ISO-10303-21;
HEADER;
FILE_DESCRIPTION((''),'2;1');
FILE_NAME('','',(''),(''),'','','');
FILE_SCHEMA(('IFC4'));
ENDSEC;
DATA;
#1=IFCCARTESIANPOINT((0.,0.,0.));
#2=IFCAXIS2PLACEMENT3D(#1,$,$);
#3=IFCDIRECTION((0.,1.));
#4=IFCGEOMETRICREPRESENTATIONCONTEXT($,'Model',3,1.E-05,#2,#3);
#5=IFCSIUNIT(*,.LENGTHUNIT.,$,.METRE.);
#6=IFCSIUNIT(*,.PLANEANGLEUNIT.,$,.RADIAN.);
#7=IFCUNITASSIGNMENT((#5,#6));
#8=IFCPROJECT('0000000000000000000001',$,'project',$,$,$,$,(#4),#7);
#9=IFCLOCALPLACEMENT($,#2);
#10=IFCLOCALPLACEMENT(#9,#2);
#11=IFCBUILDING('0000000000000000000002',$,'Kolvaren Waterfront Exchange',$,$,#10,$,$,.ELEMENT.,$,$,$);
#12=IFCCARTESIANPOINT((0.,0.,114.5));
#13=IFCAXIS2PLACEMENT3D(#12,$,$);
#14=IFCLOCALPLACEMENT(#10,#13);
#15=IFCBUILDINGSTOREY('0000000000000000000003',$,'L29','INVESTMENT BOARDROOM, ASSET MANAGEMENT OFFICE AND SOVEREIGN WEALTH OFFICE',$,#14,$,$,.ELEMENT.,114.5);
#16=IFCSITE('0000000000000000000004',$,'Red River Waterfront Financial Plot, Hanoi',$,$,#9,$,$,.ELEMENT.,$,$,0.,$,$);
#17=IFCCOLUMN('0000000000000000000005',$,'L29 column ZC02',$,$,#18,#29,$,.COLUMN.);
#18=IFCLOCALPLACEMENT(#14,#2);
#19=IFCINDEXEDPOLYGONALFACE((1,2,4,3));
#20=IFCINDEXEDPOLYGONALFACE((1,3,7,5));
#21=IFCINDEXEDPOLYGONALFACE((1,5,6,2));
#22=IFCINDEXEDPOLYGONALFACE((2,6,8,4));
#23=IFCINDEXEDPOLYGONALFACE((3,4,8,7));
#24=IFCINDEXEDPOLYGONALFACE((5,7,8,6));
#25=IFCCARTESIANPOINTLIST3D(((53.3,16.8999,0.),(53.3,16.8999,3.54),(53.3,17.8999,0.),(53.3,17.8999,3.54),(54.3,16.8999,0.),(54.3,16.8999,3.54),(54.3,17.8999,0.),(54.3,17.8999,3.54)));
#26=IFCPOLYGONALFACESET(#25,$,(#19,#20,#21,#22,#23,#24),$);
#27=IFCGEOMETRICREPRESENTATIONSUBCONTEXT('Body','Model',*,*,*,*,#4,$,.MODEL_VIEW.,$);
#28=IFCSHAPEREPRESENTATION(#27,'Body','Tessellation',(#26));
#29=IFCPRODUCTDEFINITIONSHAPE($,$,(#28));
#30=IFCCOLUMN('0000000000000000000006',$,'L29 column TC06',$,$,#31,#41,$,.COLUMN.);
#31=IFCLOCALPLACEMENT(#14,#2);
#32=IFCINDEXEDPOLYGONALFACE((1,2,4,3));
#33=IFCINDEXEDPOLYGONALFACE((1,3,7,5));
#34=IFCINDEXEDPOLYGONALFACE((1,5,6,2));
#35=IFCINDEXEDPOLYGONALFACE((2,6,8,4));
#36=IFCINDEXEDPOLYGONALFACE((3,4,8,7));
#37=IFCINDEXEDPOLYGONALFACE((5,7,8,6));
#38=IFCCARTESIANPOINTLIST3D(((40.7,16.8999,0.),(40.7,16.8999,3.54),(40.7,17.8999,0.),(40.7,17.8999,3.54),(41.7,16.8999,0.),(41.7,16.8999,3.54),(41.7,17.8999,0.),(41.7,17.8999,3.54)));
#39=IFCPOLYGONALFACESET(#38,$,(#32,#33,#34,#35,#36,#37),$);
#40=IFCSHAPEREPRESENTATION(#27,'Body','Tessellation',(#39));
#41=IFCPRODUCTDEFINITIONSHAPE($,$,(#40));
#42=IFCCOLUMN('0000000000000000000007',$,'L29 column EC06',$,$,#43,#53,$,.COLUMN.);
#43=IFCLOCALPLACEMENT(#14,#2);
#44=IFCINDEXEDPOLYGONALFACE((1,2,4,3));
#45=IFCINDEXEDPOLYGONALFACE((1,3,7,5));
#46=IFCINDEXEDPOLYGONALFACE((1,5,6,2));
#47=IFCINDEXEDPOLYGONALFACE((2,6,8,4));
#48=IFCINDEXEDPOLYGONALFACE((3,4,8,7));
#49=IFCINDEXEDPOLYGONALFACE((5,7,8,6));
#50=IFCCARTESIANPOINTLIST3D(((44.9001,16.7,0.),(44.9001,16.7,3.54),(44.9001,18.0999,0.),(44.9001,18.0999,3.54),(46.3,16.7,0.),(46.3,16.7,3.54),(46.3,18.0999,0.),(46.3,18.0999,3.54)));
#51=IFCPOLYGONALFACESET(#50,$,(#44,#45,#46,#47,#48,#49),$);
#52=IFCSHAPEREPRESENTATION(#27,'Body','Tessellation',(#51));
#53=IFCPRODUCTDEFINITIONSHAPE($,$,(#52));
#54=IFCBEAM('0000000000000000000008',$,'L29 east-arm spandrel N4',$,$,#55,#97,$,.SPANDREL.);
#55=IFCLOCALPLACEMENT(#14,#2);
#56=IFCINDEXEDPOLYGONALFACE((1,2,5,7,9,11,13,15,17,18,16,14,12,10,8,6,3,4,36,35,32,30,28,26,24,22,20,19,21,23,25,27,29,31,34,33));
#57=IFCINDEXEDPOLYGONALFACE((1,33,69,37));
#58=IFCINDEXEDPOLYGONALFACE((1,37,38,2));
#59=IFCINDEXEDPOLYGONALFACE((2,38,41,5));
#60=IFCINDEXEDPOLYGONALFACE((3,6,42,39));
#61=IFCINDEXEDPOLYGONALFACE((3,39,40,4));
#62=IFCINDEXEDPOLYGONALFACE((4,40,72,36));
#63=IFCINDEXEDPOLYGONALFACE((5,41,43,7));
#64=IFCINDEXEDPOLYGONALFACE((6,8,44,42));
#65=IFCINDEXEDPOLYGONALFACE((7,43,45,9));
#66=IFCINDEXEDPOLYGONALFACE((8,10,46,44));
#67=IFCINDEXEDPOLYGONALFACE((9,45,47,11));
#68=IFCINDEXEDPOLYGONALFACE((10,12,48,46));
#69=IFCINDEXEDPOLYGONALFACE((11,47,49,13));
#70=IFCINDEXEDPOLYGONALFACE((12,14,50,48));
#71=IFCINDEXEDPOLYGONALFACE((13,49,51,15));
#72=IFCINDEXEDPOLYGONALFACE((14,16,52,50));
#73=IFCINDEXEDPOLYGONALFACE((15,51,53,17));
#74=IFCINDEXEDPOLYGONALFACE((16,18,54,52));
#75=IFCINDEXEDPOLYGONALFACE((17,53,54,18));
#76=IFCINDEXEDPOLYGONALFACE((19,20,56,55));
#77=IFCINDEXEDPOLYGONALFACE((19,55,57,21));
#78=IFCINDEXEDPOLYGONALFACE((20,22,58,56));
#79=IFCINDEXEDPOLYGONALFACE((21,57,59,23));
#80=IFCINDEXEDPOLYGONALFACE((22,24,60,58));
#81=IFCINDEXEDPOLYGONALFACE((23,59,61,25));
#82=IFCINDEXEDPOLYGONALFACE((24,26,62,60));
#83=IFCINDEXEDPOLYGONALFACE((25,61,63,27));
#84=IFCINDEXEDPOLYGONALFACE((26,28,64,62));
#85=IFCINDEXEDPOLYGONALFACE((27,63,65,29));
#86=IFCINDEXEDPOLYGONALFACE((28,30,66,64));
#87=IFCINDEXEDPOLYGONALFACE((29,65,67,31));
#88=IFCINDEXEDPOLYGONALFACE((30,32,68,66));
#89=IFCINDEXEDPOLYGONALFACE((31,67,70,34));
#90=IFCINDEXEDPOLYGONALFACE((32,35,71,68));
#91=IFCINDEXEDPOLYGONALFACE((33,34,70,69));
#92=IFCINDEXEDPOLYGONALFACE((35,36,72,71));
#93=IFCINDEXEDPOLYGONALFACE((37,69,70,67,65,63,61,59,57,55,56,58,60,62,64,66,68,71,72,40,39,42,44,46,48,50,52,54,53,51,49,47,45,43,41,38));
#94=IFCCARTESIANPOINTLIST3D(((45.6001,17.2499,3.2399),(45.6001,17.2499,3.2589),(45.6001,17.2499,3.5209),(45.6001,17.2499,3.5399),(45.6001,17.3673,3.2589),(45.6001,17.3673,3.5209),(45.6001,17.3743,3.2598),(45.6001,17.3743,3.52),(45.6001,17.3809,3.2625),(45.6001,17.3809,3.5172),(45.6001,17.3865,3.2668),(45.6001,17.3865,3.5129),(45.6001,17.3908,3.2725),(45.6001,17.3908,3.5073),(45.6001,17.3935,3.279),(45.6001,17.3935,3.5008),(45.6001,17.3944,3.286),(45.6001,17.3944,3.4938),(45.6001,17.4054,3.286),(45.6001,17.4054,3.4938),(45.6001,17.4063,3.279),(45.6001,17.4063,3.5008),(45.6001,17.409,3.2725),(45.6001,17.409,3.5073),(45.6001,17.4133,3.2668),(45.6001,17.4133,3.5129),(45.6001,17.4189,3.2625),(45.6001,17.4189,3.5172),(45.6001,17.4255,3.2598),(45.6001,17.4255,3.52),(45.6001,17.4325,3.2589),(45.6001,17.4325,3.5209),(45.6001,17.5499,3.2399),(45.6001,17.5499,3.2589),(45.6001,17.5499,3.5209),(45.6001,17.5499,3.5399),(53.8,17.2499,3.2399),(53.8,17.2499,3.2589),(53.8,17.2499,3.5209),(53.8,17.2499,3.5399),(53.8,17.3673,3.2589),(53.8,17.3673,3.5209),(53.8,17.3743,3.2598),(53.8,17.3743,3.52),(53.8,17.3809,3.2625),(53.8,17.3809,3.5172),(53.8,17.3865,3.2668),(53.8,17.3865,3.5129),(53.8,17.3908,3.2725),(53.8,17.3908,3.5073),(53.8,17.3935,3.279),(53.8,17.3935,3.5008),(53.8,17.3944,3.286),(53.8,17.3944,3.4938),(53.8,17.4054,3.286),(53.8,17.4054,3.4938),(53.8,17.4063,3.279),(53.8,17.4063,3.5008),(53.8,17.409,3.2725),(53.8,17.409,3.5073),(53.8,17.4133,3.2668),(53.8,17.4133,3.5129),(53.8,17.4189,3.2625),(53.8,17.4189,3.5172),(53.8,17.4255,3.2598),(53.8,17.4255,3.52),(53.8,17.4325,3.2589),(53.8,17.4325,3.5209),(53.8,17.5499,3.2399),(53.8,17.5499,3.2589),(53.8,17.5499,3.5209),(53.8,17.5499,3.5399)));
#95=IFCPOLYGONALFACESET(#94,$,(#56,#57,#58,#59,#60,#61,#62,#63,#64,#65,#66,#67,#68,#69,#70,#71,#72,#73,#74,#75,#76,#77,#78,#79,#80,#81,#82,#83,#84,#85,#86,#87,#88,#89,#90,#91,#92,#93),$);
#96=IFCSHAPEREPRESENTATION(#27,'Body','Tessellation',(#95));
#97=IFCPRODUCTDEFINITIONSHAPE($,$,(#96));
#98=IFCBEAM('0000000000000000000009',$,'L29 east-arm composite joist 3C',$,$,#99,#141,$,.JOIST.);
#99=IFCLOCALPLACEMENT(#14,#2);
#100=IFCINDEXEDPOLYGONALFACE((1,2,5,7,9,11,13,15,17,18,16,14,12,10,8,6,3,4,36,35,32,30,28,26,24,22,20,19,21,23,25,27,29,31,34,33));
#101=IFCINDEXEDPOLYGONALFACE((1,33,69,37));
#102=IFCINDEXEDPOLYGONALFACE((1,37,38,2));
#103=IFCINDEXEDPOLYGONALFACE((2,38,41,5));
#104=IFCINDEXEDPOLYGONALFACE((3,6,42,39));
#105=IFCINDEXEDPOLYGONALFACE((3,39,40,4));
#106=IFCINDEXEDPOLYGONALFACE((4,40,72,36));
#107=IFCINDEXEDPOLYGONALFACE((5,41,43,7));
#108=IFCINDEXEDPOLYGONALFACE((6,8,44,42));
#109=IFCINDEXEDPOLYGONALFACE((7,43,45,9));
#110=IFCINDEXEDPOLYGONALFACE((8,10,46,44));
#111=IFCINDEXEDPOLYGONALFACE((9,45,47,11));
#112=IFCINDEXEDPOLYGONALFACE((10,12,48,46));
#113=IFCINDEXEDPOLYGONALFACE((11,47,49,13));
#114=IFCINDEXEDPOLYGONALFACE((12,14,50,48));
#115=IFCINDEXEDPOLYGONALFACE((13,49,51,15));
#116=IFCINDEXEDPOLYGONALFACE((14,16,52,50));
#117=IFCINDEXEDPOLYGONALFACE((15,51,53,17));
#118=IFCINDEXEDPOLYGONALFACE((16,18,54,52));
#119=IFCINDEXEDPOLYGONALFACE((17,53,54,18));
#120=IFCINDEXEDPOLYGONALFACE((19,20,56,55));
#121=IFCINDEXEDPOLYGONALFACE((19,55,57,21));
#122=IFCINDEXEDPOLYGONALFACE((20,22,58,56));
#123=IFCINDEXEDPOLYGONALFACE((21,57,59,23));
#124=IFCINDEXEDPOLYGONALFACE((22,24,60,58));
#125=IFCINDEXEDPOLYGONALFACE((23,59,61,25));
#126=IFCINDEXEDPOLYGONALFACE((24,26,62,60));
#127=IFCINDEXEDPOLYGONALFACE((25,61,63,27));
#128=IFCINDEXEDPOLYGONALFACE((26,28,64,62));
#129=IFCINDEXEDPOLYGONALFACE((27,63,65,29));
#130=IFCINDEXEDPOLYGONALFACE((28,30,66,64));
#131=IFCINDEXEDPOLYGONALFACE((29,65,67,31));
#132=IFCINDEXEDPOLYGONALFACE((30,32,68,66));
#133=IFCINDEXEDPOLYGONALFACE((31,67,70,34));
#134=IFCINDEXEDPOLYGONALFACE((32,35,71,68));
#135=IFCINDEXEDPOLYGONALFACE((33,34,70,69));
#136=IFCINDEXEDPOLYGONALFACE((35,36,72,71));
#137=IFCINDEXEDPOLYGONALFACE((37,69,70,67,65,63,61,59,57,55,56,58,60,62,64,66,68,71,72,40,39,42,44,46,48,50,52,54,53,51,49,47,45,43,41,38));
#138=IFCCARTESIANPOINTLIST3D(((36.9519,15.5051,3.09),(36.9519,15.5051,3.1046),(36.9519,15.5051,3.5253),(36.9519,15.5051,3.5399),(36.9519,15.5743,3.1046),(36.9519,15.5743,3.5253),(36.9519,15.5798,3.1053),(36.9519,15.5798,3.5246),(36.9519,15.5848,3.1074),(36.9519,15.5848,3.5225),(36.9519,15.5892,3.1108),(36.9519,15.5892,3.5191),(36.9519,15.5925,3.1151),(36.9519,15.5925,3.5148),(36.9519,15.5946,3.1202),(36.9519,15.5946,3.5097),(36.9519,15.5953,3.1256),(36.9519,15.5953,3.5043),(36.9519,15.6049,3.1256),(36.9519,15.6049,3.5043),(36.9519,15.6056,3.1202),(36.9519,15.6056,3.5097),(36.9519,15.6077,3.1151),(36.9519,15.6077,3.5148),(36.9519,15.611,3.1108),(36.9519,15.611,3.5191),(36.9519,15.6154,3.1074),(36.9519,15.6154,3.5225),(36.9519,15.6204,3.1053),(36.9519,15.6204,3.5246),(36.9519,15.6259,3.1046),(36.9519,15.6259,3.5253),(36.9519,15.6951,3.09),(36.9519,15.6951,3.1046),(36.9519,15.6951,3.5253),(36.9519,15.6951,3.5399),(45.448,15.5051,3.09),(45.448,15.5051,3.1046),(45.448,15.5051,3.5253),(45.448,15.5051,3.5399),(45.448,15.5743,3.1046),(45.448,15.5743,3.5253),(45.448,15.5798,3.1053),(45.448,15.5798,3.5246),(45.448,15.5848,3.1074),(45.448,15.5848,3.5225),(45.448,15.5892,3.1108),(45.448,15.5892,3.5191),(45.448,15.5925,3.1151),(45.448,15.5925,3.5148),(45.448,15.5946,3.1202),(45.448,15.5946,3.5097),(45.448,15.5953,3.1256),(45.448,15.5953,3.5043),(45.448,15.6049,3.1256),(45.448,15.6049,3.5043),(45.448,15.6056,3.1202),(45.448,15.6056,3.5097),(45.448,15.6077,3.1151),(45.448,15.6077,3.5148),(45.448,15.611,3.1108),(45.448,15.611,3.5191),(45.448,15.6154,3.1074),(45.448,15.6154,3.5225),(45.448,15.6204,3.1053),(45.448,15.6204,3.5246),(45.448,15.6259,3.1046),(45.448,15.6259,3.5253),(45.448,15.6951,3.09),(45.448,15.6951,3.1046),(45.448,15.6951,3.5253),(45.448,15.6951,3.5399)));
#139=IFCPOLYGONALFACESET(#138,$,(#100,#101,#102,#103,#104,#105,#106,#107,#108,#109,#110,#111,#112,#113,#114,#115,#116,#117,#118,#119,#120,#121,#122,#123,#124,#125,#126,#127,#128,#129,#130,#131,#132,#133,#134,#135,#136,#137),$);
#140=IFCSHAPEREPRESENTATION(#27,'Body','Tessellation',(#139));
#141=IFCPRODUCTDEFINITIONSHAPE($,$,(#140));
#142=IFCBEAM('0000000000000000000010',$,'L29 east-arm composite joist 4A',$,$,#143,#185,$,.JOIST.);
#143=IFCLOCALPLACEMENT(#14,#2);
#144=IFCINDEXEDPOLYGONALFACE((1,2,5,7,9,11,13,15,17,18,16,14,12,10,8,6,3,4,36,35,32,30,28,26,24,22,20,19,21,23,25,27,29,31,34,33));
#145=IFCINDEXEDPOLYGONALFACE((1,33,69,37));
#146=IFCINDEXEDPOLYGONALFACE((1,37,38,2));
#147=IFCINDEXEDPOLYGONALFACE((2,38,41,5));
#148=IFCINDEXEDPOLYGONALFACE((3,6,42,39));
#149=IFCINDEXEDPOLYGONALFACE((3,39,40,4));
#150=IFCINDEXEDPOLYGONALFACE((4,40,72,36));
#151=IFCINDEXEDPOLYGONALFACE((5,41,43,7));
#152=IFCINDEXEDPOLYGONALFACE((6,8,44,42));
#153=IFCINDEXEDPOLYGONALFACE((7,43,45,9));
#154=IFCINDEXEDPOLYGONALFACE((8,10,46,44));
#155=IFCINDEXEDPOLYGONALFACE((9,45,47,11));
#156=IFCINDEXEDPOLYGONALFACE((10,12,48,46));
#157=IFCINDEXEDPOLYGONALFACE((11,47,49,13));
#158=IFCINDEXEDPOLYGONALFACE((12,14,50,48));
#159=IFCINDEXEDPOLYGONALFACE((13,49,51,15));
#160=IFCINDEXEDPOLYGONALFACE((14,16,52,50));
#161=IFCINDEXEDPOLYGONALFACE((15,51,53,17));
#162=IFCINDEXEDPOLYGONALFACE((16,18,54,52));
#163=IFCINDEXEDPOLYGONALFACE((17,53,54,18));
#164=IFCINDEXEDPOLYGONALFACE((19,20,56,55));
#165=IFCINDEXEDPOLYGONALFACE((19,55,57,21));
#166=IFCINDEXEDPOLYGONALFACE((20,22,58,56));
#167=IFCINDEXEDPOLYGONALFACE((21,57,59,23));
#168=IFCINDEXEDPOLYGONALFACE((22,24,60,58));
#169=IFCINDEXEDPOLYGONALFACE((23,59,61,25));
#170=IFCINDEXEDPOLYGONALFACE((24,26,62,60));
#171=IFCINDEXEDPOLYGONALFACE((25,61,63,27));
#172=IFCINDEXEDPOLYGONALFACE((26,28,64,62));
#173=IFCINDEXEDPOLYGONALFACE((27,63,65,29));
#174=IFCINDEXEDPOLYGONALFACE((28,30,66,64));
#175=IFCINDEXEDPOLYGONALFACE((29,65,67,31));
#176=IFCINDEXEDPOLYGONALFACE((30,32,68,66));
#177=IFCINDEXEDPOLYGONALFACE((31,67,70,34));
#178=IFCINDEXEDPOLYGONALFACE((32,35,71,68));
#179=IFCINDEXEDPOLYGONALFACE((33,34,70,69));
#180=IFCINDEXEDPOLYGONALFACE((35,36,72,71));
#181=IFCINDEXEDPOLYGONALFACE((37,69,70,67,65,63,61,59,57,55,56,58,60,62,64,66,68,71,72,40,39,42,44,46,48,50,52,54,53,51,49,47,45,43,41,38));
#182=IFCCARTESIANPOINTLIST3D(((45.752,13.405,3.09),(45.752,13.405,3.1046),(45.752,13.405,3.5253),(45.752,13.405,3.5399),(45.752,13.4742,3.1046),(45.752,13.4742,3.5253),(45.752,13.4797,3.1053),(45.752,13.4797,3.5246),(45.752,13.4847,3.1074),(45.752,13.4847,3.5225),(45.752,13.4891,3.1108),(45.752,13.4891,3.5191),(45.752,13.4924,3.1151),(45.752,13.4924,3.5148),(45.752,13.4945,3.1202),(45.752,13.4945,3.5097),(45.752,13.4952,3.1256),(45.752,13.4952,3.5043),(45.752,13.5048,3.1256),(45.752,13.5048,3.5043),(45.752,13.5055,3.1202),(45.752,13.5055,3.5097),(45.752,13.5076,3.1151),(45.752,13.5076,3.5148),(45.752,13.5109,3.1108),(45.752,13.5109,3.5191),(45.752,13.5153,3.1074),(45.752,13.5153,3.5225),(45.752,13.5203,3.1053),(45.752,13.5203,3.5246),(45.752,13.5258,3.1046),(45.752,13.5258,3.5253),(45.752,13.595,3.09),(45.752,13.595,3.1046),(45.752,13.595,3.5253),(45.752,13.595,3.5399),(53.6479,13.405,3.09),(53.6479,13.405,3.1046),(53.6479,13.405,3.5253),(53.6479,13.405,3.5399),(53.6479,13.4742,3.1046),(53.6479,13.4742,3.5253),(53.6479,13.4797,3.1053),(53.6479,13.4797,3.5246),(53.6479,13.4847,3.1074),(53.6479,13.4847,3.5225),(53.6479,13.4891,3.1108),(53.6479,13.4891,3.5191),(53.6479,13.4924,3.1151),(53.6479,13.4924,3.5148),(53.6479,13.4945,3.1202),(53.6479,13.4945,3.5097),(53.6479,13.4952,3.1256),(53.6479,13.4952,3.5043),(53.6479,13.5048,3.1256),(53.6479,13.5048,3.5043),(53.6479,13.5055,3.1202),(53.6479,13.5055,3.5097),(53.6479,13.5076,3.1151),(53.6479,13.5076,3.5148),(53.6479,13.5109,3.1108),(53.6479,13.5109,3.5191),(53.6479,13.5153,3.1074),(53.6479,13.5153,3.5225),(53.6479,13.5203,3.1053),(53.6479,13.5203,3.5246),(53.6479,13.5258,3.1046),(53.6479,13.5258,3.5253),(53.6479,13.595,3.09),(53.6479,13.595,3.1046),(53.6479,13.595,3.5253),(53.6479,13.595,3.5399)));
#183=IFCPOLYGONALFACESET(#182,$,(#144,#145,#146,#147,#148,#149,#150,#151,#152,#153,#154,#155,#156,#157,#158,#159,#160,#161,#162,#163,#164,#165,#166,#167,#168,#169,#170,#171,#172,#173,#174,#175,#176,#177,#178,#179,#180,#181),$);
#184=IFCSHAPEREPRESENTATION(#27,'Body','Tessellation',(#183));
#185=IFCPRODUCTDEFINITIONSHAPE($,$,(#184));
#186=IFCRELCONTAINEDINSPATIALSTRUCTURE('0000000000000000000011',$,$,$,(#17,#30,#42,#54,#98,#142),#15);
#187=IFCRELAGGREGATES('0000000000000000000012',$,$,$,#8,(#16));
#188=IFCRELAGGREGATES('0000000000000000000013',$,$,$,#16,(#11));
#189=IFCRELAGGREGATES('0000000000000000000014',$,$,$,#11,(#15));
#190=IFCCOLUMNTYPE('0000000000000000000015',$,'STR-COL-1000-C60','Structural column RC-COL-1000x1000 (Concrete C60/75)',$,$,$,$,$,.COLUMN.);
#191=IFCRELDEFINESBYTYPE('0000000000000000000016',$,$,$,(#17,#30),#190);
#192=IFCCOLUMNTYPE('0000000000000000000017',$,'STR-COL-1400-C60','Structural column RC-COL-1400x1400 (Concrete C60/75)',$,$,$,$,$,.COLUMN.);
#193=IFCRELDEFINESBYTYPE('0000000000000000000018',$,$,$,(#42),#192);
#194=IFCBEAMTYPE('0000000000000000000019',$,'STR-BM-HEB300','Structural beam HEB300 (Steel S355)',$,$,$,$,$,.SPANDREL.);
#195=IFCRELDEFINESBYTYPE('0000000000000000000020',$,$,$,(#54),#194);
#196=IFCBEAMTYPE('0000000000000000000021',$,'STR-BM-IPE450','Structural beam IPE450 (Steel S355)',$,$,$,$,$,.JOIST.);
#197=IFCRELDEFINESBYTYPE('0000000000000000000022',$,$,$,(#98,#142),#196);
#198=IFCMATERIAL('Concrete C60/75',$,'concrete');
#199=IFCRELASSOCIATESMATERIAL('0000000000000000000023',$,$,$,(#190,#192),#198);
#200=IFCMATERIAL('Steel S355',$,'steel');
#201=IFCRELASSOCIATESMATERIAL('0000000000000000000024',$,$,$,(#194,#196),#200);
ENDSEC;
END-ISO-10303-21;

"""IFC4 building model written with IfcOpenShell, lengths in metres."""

from ifc_helpers import new_model, si_unit, direction, frame, origin, origin_2d, place, context, subcontext, project, spatial, rectangle, i_section, extrude, material, material_profile, profile_set, type_object, element, save


model = new_model("IFC4")

# Units and contexts
model_context = context("Model", 3, precision=1e-05, world=origin(), true_north=direction((0.0, 1.0)))
body_context = subcontext(model_context, "Body", "Model", "MODEL_VIEW")
ifc_project = project(units=[si_unit("LENGTHUNIT", "METRE"), si_unit("PLANEANGLEUNIT", "RADIAN")], contexts=[model_context])

# Site, building, storey
site_placement = place(None, origin())
site = spatial("IfcSite", under=ifc_project, at=site_placement, Name="Red River Waterfront Financial Plot, Hanoi", CompositionType="ELEMENT", RefElevation=0.0)
building_placement = place(site_placement, origin())
building = spatial("IfcBuilding", under=site, at=building_placement, Name="Kolvaren Waterfront Exchange", CompositionType="ELEMENT")
storey_placement = place(building_placement, frame((0.0, 0.0, 114.5)))
storey = spatial("IfcBuildingStorey", under=building, at=storey_placement, Name="L29", Description="INVESTMENT BOARDROOM, ASSET MANAGEMENT OFFICE AND SOVEREIGN WEALTH OFFICE", CompositionType="ELEMENT", Elevation=114.5)

# Columns
ifc_material_1 = material(Name="Concrete C60/75", Category="concrete")
ifc_material_profile_1 = material_profile(ifc_material_1, rectangle(XDim=1.0, YDim=1.0, at=origin_2d()), Name="RC-COL-1000x1000")
ifc_profile_set_1 = profile_set([ifc_material_profile_1], Name="Concrete C60/75")
column_type_1 = type_object("IfcColumnType", Name="STR-COL-1000-C60", Description="Structural column RC-COL-1000x1000 (Concrete C60/75)", PredefinedType="COLUMN", material=ifc_profile_set_1)
for number, where, z_axis, x_axis, name in (
    (1, (53.8, 17.3999, 0.0), (0.0, 0.0, 1.0), (1.0, 0.0, 0.0), "L29 column ZC02"),
    (2, (41.2, 17.3999, 0.0), (0.0, 0.0, 1.0), (1.0, 0.0, 0.0), "L29 column TC06"),
):
    element("IfcColumn", number, at=place(storey_placement, frame(where, z_axis=z_axis, x_axis=x_axis)), inside=storey, type_object=column_type_1, Name=name, PredefinedType="COLUMN", context=body_context, shape_type="SweptSolid", body=[
        extrude(rectangle(XDim=1.0, YDim=1.0, at=origin_2d()), origin(), (0.0, 0.0, 1.0), 3.54),
    ])
ifc_material_profile_2 = material_profile(ifc_material_1, rectangle(XDim=1.3999, YDim=1.3999, at=origin_2d()), Name="RC-COL-1400x1400")
ifc_profile_set_2 = profile_set([ifc_material_profile_2], Name="Concrete C60/75")
column_type_2 = type_object("IfcColumnType", Name="STR-COL-1400-C60", Description="Structural column RC-COL-1400x1400 (Concrete C60/75)", PredefinedType="COLUMN", material=ifc_profile_set_2)
column_placement = place(storey_placement, frame((45.6001, 17.3999, 0.0), z_axis=(0.0, 0.0, 1.0), x_axis=(1.0, 0.0, 0.0)))
element("IfcColumn", 3, at=column_placement, inside=storey, type_object=column_type_2, Name="L29 column EC06", PredefinedType="COLUMN", context=body_context, shape_type="SweptSolid", body=[
    extrude(rectangle(XDim=1.3999, YDim=1.3999, at=origin_2d()), origin(), (0.0, 0.0, 1.0), 3.54),
])

# Beams
ifc_material_2 = material(Name="Steel S355", Category="steel")
ifc_material_profile_3 = material_profile(ifc_material_2, i_section(OverallWidth=0.3, OverallDepth=0.3, WebThickness=0.011, FlangeThickness=0.019, FilletRadius=0.0271, at=origin_2d()), Name="HEB300")
ifc_profile_set_3 = profile_set([ifc_material_profile_3], Name="Steel S355")
beam_type_1 = type_object("IfcBeamType", Name="STR-BM-HEB300", Description="Structural beam HEB300 (Steel S355)", PredefinedType="SPANDREL", material=ifc_profile_set_3)
beam_1_placement = place(storey_placement, frame((45.6001, 17.3999, 3.3899), z_axis=(1.0, 0.0, 0.0), x_axis=(0.0, 1.0, 0.0)))
element("IfcBeam", 4, at=beam_1_placement, inside=storey, type_object=beam_type_1, Name="L29 east-arm spandrel N4", PredefinedType="SPANDREL", context=body_context, shape_type="SweptSolid", body=[
    extrude(i_section(OverallWidth=0.3, OverallDepth=0.3, WebThickness=0.011, FlangeThickness=0.019, FilletRadius=0.0271, at=origin_2d()), origin(), (0.0, 0.0, 1.0), 8.2),
])
ifc_material_profile_4 = material_profile(ifc_material_2, i_section(OverallWidth=0.1899, OverallDepth=0.45, WebThickness=0.0095, FlangeThickness=0.0146, FilletRadius=0.021, at=origin_2d()), Name="IPE450")
ifc_profile_set_4 = profile_set([ifc_material_profile_4], Name="Steel S355")
beam_type_2 = type_object("IfcBeamType", Name="STR-BM-IPE450", Description="Structural beam IPE450 (Steel S355)", PredefinedType="JOIST", material=ifc_profile_set_4)
beam_2_placement = place(storey_placement, frame((36.9519, 15.6001, 3.3149), z_axis=(1.0, 0.0, 0.0), x_axis=(0.0, 1.0, 0.0)))
element("IfcBeam", 5, at=beam_2_placement, inside=storey, type_object=beam_type_2, Name="L29 east-arm composite joist 3C", PredefinedType="JOIST", context=body_context, shape_type="SweptSolid", body=[
    extrude(i_section(OverallWidth=0.1899, OverallDepth=0.45, WebThickness=0.0095, FlangeThickness=0.0146, FilletRadius=0.021, at=origin_2d()), origin(), (0.0, 0.0, 1.0), 8.4961),
])
for number, where, z_axis, x_axis, name in (
    (6, (45.752, 13.5, 3.3149), (1.0, 0.0, 0.0), (0.0, 1.0, 0.0), "L29 east-arm composite joist 4A"),
):
    element("IfcBeam", number, at=place(storey_placement, frame(where, z_axis=z_axis, x_axis=x_axis)), inside=storey, type_object=beam_type_2, Name=name, PredefinedType="JOIST", context=body_context, shape_type="SweptSolid", body=[
        extrude(i_section(OverallWidth=0.1899, OverallDepth=0.45, WebThickness=0.0095, FlangeThickness=0.0146, FilletRadius=0.021, at=origin_2d()), origin(), (0.0, 0.0, 1.0), 7.896),
    ])

save(model, "model.ifc")
